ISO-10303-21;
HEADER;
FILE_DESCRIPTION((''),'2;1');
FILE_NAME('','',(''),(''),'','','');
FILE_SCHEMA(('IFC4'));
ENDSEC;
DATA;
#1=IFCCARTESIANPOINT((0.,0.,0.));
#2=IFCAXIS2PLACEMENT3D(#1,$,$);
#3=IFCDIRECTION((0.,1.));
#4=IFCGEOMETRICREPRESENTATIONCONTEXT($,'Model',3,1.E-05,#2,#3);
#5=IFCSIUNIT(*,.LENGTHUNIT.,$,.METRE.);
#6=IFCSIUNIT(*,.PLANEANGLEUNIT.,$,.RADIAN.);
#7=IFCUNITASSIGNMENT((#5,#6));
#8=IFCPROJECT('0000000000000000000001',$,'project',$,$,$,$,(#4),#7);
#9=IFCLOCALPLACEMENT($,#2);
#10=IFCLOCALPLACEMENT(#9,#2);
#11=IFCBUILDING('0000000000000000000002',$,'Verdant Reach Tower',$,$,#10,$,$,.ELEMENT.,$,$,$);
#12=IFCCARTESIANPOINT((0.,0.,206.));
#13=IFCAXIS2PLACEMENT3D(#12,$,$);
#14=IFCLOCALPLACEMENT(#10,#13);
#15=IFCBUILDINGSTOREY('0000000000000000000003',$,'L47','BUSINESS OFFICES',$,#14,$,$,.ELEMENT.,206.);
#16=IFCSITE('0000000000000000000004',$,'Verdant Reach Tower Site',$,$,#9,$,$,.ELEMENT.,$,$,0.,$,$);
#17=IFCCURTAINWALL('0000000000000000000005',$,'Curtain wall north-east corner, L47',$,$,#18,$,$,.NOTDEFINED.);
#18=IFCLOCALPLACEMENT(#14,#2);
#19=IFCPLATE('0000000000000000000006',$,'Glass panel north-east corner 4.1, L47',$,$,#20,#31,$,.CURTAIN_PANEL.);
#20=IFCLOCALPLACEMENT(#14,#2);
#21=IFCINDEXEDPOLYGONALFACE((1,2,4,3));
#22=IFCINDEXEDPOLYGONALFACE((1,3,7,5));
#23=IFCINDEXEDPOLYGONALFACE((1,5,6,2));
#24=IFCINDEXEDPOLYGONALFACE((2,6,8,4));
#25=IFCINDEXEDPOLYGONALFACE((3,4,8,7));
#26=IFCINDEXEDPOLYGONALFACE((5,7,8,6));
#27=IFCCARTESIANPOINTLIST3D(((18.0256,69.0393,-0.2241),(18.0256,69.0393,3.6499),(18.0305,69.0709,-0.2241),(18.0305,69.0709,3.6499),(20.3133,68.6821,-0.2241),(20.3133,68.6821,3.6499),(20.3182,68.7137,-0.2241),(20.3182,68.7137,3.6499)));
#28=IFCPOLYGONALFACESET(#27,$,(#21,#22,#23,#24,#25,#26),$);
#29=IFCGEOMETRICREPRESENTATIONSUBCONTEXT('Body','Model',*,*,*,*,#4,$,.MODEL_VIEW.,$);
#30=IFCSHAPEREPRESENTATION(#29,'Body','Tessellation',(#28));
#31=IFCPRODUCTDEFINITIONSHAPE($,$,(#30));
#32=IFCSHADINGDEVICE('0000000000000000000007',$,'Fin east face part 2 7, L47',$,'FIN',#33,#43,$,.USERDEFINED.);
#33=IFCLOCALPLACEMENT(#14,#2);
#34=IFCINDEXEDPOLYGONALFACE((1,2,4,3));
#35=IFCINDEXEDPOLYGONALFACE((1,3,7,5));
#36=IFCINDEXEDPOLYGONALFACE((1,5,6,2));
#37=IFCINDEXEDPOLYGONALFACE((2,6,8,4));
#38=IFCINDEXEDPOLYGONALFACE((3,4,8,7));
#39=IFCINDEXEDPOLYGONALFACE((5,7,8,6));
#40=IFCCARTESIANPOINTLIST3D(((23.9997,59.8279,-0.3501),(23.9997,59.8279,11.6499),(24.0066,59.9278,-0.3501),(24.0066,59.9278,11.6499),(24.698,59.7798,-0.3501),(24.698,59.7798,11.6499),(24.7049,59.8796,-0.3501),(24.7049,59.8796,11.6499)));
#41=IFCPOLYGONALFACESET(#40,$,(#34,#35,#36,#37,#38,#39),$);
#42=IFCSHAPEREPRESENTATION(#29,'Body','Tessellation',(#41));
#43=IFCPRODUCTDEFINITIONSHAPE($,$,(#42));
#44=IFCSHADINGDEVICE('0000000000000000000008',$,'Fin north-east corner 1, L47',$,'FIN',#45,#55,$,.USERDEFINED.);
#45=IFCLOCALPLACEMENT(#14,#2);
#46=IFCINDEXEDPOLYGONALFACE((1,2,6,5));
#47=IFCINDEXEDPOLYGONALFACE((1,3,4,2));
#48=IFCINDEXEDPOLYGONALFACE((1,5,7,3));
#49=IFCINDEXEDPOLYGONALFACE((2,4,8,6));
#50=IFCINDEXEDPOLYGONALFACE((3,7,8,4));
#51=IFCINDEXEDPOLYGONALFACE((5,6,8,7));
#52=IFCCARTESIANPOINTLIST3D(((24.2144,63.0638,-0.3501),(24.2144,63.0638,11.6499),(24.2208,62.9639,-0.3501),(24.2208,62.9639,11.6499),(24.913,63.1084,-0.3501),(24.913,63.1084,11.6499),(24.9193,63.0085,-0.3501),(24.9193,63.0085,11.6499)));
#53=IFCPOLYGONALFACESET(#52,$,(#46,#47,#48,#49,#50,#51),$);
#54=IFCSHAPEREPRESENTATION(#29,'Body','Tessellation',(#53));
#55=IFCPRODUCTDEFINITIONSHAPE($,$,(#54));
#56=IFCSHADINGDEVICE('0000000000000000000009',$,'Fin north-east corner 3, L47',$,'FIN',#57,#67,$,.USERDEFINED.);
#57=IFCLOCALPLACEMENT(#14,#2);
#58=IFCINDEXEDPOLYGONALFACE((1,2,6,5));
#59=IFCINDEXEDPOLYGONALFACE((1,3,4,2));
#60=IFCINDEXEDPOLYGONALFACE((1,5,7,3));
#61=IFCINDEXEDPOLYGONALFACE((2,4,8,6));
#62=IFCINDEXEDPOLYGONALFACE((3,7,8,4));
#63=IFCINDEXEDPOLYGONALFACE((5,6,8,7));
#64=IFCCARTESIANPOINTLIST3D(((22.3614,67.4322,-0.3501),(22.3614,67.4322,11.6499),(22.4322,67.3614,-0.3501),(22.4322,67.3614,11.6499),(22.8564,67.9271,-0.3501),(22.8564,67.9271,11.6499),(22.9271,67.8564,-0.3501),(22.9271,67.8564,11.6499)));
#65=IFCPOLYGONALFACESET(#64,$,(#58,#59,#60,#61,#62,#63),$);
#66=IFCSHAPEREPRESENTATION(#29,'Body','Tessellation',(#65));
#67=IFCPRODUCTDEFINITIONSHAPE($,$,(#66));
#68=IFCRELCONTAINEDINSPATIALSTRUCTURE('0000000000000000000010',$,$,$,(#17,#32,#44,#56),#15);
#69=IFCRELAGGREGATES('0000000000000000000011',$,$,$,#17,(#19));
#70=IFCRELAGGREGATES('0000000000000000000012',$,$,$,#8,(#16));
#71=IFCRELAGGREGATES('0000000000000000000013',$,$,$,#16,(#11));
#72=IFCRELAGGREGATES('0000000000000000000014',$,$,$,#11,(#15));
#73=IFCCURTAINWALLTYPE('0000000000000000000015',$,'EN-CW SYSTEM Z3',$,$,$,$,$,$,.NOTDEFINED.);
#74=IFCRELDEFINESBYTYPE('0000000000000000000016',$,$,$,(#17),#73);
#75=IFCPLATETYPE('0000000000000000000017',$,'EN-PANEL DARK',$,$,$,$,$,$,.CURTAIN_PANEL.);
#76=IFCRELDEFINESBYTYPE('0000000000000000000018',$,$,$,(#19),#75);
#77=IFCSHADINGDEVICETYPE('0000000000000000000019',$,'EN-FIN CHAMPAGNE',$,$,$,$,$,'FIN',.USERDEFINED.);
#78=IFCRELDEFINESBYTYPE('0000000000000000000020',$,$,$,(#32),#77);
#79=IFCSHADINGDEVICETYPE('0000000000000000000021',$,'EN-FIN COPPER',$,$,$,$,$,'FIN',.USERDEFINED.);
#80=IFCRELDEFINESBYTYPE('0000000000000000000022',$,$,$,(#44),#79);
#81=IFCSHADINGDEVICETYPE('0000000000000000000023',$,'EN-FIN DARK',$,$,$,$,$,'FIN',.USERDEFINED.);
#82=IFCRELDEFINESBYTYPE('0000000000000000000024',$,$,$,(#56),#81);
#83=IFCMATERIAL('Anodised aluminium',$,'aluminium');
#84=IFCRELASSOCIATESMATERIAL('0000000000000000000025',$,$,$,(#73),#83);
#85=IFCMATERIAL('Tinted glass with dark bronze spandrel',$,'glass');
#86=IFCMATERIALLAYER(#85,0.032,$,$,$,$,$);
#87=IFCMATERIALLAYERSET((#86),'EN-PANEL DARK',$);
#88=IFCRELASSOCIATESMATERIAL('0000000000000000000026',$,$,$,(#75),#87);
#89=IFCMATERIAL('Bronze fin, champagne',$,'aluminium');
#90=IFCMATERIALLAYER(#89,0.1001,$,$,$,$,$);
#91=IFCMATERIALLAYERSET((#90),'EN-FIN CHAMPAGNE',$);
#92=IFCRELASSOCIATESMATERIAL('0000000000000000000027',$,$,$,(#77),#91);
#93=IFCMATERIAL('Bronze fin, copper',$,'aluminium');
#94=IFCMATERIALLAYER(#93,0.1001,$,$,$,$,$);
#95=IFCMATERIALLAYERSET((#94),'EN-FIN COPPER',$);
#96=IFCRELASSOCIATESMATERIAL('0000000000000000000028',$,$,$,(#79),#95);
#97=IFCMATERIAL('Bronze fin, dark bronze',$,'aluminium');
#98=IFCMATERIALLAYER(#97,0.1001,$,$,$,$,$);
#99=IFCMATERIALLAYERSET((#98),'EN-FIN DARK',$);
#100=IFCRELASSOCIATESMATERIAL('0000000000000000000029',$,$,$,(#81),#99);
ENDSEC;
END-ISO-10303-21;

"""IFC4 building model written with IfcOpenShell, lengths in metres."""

from ifc_helpers import new_model, si_unit, direction, frame, origin, origin_2d, place, context, subcontext, project, spatial, rectangle, extrude, material, layer, layer_set, type_object, element, aggregate, save


model = new_model("IFC4")

# Units and contexts
model_context = context("Model", 3, precision=1e-05, world=origin(), true_north=direction((0.0, 1.0)))
body_context = subcontext(model_context, "Body", "Model", "MODEL_VIEW")
ifc_project = project(units=[si_unit("LENGTHUNIT", "METRE"), si_unit("PLANEANGLEUNIT", "RADIAN")], contexts=[model_context])

# Site, building, storey
site_placement = place(None, origin())
site = spatial("IfcSite", under=ifc_project, at=site_placement, Name="Verdant Reach Tower Site", CompositionType="ELEMENT", RefElevation=0.0)
building_placement = place(site_placement, origin())
building = spatial("IfcBuilding", under=site, at=building_placement, Name="Verdant Reach Tower", CompositionType="ELEMENT")
storey_placement = place(building_placement, frame((0.0, 0.0, 206.0)))
storey = spatial("IfcBuildingStorey", under=building, at=storey_placement, Name="L47", Description="BUSINESS OFFICES", CompositionType="ELEMENT", Elevation=206.0)

# Curtain wall
ifc_material_1 = material(Name="Anodised aluminium", Category="aluminium")
curtain_wall_type = type_object("IfcCurtainWallType", Name="EN-CW SYSTEM Z3", PredefinedType="NOTDEFINED", material=ifc_material_1)
curtain_wall_1_placement = place(storey_placement, origin())
curtain_wall_1 = element("IfcCurtainWall", 1, at=curtain_wall_1_placement, inside=storey, type_object=curtain_wall_type, Name="Curtain wall north-east corner, L47", PredefinedType="NOTDEFINED")

# Plate
ifc_material_2 = material(Name="Tinted glass with dark bronze spandrel", Category="glass")
ifc_layer_1 = layer(ifc_material_2, 0.032)
ifc_layer_set_1 = layer_set([ifc_layer_1], Name="EN-PANEL DARK")
plate_type_1 = type_object("IfcPlateType", Name="EN-PANEL DARK", PredefinedType="CURTAIN_PANEL", material=ifc_layer_set_1)
plate_1_placement = place(storey_placement, frame((19.1719, 68.8765, -0.2241), z_axis=(0.0, 0.0, 1.0), x_axis=(-0.988029, 0.154268, 0.0)))
plate_1 = element("IfcPlate", 2, at=plate_1_placement, type_object=plate_type_1, Name="Glass panel north-east corner 4.1, L47", PredefinedType="CURTAIN_PANEL", context=body_context, shape_type="SweptSolid", body=[
    extrude(rectangle(XDim=2.3154, YDim=0.032, at=origin_2d()), origin(), (0.0, 0.0, 1.0), 3.874),
])
aggregate(curtain_wall_1, [plate_1])

# Shading devices
ifc_material_3 = material(Name="Bronze fin, champagne", Category="aluminium")
ifc_layer_2 = layer(ifc_material_3, 0.1001)
ifc_layer_set_2 = layer_set([ifc_layer_2], Name="EN-FIN CHAMPAGNE")
shading_device_type_1 = type_object("IfcShadingDeviceType", Name="EN-FIN CHAMPAGNE", ElementType="FIN", PredefinedType="USERDEFINED", material=ifc_layer_set_2)
shading_device_1_placement = place(storey_placement, frame((24.3523, 59.8538, -0.3501), z_axis=(0.0, 0.0, 1.0), x_axis=(0.068802, 0.99763, 0.0)))
element("IfcShadingDevice", 3, at=shading_device_1_placement, inside=storey, type_object=shading_device_type_1, Name="Fin east face part 2 7, L47", ObjectType="FIN", PredefinedType="USERDEFINED", context=body_context, shape_type="SweptSolid", body=[
    extrude(rectangle(XDim=0.1001, YDim=0.7, at=origin_2d()), origin(), (0.0, 0.0, 1.0), 12.0),
])
ifc_material_4 = material(Name="Bronze fin, copper", Category="aluminium")
ifc_layer_3 = layer(ifc_material_4, 0.1001)
ifc_layer_set_3 = layer_set([ifc_layer_3], Name="EN-FIN COPPER")
shading_device_type_2 = type_object("IfcShadingDeviceType", Name="EN-FIN COPPER", ElementType="FIN", PredefinedType="USERDEFINED", material=ifc_layer_set_3)
shading_device_2_placement = place(storey_placement, frame((24.5669, 63.0361, -0.3501), z_axis=(0.0, 0.0, 1.0), x_axis=(-0.063699, 0.997969, 0.0)))
element("IfcShadingDevice", 4, at=shading_device_2_placement, inside=storey, type_object=shading_device_type_2, Name="Fin north-east corner 1, L47", ObjectType="FIN", PredefinedType="USERDEFINED", context=body_context, shape_type="SweptSolid", body=[
    extrude(rectangle(XDim=0.1001, YDim=0.7, at=origin_2d()), origin(), (0.0, 0.0, 1.0), 12.0),
])
ifc_material_5 = material(Name="Bronze fin, dark bronze", Category="aluminium")
ifc_layer_4 = layer(ifc_material_5, 0.1001)
ifc_layer_set_4 = layer_set([ifc_layer_4], Name="EN-FIN DARK")
shading_device_type_3 = type_object("IfcShadingDeviceType", Name="EN-FIN DARK", ElementType="FIN", PredefinedType="USERDEFINED", material=ifc_layer_set_4)
shading_device_3_placement = place(storey_placement, frame((22.6443, 67.6443, -0.3501), z_axis=(0.0, 0.0, 1.0), x_axis=(-0.707107, 0.707107, 0.0)))
element("IfcShadingDevice", 5, at=shading_device_3_placement, inside=storey, type_object=shading_device_type_3, Name="Fin north-east corner 3, L47", ObjectType="FIN", PredefinedType="USERDEFINED", context=body_context, shape_type="SweptSolid", body=[
    extrude(rectangle(XDim=0.1001, YDim=0.7, at=origin_2d()), origin(), (0.0, 0.0, 1.0), 12.0),
])

save(model, "model.ifc")
